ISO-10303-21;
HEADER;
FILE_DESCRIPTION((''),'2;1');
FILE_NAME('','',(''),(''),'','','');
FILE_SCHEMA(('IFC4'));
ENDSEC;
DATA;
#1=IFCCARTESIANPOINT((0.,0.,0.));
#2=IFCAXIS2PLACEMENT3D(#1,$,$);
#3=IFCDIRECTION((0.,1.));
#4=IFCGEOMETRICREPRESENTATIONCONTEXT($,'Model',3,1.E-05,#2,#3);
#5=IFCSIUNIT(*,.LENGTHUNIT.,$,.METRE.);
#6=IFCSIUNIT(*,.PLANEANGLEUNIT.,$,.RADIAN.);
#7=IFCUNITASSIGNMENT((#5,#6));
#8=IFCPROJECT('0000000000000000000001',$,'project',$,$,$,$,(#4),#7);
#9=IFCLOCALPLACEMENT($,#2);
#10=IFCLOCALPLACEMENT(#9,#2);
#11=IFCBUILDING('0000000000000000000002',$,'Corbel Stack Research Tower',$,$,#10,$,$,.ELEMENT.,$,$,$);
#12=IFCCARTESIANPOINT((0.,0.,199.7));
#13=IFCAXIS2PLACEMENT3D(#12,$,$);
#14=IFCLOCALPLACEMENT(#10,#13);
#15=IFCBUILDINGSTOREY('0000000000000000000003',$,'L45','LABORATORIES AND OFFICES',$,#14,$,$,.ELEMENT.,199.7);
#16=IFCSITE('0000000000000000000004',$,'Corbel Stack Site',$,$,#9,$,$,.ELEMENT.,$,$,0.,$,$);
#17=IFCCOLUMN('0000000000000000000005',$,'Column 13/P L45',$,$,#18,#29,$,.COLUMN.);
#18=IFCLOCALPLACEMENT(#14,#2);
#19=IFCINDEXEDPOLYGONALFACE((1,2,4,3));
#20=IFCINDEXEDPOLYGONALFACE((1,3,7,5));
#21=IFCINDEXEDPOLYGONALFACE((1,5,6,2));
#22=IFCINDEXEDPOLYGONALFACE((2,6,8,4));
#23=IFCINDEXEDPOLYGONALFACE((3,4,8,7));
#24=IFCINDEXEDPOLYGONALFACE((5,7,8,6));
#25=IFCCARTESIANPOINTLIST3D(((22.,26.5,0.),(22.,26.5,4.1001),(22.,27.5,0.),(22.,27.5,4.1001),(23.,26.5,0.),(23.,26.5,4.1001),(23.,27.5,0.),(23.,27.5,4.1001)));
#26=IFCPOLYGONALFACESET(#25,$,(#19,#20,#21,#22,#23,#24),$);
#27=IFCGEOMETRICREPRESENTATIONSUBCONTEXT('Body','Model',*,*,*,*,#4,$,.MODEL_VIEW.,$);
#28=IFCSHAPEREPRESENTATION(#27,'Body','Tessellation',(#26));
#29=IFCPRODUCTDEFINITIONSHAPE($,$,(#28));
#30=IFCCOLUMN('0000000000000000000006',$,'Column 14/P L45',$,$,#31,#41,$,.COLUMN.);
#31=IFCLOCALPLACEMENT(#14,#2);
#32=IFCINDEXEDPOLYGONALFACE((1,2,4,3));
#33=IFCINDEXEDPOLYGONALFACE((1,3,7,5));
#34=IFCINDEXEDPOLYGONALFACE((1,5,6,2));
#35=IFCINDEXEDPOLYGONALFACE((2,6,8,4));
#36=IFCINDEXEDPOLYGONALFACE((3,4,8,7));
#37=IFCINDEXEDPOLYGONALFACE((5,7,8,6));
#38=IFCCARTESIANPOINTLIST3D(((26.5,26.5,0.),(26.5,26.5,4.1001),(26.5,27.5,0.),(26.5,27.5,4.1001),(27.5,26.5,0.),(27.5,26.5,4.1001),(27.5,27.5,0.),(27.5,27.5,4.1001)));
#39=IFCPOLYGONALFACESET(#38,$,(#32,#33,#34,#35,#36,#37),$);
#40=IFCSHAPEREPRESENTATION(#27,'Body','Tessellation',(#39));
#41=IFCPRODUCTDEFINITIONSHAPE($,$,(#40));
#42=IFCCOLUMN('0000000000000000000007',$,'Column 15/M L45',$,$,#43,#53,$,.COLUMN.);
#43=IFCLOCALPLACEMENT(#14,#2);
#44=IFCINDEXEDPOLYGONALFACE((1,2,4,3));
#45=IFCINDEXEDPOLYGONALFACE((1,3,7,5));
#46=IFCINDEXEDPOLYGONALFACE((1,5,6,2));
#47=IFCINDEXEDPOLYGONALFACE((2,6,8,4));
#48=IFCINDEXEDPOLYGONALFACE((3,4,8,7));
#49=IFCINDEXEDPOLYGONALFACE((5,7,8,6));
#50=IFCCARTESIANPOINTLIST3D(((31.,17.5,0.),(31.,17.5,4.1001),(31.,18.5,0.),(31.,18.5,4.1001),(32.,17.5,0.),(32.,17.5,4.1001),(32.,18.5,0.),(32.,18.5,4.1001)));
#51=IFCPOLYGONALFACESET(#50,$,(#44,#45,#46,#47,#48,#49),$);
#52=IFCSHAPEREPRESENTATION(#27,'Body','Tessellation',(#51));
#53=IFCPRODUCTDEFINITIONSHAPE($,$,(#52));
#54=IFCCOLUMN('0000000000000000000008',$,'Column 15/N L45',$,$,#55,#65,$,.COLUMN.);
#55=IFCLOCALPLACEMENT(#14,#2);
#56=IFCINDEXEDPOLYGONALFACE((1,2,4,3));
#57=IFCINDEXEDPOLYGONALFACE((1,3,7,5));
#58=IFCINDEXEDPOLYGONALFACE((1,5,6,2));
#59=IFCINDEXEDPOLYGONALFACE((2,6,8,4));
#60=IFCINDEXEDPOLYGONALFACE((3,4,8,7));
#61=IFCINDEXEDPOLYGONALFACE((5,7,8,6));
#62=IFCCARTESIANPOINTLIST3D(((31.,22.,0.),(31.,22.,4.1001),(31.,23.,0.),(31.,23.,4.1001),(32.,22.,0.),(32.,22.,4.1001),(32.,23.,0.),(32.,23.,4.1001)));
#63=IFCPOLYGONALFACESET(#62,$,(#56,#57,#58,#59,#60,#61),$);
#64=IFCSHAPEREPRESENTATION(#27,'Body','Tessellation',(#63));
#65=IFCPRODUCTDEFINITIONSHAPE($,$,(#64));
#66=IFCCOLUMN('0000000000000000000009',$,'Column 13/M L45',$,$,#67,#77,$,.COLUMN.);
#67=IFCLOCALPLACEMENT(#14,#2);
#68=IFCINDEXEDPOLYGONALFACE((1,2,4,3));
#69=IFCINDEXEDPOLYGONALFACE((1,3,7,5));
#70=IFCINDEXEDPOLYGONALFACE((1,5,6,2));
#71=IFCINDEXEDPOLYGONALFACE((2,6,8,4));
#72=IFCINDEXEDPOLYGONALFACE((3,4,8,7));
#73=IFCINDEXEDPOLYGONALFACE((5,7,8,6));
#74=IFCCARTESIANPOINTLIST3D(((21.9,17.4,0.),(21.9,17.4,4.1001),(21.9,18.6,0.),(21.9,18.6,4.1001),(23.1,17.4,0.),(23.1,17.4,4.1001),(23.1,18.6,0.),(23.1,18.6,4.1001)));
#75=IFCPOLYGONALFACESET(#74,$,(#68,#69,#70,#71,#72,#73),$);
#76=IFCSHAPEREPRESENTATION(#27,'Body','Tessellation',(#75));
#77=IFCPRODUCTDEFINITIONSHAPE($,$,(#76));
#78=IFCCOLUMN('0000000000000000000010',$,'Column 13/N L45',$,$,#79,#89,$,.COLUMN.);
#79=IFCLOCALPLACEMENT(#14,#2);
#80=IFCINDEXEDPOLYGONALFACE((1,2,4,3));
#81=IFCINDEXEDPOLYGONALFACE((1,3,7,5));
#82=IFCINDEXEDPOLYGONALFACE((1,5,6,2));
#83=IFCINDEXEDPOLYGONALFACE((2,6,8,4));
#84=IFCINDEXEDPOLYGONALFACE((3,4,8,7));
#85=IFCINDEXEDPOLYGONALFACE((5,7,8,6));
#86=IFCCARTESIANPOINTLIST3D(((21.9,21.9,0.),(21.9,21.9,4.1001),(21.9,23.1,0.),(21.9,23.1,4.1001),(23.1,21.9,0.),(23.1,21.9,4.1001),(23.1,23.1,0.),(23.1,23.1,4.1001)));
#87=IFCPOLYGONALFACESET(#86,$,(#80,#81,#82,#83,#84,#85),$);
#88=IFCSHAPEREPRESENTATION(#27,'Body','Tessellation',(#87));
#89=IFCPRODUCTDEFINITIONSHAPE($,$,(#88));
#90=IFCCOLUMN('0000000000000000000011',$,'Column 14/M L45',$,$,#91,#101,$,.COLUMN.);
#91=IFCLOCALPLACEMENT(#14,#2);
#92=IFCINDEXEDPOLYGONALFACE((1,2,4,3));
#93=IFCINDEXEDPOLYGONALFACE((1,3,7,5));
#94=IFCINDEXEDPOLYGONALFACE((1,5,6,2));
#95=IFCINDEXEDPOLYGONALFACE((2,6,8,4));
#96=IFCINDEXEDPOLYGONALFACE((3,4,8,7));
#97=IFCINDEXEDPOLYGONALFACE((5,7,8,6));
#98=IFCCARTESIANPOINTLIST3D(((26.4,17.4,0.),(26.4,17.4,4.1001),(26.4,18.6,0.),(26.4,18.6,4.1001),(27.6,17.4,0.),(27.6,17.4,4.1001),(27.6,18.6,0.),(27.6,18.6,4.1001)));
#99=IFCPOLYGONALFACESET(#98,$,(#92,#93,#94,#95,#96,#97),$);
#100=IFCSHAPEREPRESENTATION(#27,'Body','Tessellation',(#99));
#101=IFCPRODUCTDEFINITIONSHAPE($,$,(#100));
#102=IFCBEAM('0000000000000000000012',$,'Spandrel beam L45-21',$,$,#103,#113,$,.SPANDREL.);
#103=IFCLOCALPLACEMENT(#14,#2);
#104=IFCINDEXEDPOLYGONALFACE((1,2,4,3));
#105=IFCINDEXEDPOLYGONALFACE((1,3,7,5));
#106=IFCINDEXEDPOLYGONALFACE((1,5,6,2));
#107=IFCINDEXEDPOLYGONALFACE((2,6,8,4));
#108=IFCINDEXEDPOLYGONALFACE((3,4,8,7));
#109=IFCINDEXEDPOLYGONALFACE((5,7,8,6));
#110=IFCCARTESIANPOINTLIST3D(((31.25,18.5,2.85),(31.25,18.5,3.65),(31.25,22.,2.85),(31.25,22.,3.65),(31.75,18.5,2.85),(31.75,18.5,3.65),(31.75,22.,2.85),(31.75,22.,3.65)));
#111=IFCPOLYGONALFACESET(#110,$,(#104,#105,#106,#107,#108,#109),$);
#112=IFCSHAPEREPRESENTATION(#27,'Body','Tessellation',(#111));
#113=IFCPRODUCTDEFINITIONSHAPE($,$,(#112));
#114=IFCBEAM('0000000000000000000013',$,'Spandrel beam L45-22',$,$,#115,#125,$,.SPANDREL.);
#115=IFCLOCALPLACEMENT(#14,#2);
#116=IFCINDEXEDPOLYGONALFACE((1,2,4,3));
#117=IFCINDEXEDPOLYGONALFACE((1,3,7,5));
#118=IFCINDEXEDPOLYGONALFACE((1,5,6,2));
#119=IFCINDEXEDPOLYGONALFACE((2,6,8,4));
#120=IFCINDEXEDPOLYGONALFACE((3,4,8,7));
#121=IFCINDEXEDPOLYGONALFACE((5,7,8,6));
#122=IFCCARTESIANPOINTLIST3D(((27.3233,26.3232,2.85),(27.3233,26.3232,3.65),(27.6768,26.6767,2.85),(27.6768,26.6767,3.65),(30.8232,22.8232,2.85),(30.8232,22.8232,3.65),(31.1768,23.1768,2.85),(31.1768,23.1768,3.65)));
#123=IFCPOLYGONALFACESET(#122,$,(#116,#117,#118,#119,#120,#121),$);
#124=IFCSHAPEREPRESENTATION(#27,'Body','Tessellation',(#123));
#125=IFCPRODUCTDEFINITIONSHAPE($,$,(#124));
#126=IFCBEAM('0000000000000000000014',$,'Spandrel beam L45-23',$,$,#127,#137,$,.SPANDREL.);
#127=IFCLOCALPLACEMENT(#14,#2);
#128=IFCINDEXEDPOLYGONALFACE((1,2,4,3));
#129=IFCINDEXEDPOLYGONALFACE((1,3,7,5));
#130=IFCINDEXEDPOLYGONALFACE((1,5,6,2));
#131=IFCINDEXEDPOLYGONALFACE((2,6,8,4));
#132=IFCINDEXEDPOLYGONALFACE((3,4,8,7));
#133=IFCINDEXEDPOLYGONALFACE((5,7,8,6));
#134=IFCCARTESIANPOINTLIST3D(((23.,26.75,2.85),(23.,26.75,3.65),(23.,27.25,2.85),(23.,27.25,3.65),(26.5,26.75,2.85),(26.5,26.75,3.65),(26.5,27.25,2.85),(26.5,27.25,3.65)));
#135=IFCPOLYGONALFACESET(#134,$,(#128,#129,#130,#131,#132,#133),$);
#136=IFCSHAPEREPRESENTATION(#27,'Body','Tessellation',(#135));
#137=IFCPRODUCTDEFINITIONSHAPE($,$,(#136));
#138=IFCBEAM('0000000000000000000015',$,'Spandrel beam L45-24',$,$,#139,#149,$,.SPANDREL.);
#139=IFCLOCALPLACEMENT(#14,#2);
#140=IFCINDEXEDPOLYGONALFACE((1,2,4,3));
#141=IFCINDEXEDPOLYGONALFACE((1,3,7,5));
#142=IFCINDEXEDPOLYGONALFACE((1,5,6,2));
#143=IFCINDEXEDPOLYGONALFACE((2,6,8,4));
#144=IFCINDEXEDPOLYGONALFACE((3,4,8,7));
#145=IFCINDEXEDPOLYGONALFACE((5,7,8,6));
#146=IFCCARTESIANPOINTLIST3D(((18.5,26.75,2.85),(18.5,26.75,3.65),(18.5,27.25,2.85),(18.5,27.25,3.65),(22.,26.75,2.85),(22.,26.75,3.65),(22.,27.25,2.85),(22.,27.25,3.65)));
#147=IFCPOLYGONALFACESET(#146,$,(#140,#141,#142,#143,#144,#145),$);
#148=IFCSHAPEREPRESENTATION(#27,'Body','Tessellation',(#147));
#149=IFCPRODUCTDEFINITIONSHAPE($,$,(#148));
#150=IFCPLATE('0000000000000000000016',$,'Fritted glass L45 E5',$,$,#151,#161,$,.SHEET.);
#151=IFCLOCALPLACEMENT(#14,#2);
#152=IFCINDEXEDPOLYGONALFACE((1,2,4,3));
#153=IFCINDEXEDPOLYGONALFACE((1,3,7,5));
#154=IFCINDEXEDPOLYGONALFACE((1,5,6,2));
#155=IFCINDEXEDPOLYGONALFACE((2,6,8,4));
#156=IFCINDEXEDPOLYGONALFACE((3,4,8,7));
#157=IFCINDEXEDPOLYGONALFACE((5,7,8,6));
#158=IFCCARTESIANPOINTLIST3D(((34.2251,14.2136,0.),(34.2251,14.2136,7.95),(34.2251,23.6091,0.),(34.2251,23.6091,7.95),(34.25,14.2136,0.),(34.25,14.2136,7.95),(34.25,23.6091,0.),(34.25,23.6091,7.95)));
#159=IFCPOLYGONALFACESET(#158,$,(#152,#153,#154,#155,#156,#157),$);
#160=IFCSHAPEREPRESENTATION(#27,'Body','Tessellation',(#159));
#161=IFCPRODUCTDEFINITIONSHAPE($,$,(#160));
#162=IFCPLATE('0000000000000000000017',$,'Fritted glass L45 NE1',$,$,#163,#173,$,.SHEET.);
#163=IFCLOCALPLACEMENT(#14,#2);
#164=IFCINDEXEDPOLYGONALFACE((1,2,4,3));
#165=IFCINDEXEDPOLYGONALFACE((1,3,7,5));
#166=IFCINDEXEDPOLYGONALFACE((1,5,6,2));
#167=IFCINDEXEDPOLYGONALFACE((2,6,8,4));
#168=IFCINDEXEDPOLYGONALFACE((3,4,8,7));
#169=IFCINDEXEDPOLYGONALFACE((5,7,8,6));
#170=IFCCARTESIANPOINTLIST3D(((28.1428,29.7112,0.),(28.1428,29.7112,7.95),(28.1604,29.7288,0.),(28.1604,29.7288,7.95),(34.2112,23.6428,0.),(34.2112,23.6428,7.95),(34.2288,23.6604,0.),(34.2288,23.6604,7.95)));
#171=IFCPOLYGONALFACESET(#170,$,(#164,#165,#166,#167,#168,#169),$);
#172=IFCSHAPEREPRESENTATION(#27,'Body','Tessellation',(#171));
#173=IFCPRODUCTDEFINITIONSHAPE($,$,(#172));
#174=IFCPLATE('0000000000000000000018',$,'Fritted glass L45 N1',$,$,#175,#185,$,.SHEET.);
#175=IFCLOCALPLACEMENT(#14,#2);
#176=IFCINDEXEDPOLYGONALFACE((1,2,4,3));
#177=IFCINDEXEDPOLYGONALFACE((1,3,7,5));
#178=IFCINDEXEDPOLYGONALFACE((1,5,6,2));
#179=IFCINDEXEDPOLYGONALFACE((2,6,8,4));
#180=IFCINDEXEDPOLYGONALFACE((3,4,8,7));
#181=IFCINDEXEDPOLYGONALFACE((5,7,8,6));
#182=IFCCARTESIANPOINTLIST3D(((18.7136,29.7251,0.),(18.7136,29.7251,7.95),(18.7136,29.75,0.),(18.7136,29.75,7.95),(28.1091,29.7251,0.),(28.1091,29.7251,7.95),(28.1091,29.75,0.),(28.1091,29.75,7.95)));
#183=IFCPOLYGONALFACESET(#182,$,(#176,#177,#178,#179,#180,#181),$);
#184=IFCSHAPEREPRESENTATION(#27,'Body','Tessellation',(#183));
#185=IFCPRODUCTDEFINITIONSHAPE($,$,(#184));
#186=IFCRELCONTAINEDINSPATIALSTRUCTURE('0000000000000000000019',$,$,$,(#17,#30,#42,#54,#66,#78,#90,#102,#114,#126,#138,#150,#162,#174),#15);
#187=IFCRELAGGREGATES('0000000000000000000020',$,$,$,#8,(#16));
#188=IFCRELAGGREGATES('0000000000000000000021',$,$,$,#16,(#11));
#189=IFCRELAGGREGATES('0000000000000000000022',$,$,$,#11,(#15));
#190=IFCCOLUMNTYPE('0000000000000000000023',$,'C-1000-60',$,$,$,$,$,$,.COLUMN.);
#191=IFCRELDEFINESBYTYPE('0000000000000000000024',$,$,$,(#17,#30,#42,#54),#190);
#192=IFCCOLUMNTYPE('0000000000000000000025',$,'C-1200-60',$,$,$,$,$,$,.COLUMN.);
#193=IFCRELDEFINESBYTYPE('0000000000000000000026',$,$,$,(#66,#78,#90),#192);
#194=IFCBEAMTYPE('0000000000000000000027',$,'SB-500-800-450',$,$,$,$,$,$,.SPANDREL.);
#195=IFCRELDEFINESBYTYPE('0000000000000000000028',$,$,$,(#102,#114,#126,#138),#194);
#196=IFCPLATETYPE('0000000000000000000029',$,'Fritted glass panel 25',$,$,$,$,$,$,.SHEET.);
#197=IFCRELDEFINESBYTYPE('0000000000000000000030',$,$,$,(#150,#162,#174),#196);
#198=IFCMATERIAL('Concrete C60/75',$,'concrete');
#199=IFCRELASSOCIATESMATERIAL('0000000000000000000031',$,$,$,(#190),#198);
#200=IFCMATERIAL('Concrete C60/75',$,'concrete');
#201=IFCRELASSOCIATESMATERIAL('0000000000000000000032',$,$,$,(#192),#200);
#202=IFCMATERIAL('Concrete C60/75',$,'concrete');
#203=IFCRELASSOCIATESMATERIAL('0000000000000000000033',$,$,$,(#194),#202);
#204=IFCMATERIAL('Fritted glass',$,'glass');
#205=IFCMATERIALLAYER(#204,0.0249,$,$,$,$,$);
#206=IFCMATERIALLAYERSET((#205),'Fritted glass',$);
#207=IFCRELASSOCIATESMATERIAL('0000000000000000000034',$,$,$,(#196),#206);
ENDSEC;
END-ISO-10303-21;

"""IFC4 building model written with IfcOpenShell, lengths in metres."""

from ifc_helpers import new_model, si_unit, direction, frame, origin, origin_2d, place, context, subcontext, project, spatial, rectangle, extrude, material, layer, layer_set, material_profile, profile_set, type_object, element, save


model = new_model("IFC4")

# Units and contexts
model_context = context("Model", 3, precision=1e-05, world=origin(), true_north=direction((0.0, 1.0)))
body_context = subcontext(model_context, "Body", "Model", "MODEL_VIEW")
ifc_project = project(units=[si_unit("LENGTHUNIT", "METRE"), si_unit("PLANEANGLEUNIT", "RADIAN")], contexts=[model_context])

# Site, building, storey
site_placement = place(None, origin())
site = spatial("IfcSite", under=ifc_project, at=site_placement, Name="Corbel Stack Site", CompositionType="ELEMENT", RefElevation=0.0)
building_placement = place(site_placement, origin())
building = spatial("IfcBuilding", under=site, at=building_placement, Name="Corbel Stack Research Tower", CompositionType="ELEMENT")
storey_placement = place(building_placement, frame((0.0, 0.0, 199.7)))
storey = spatial("IfcBuildingStorey", under=building, at=storey_placement, Name="L45", Description="LABORATORIES AND OFFICES", CompositionType="ELEMENT", Elevation=199.7)

# Columns
ifc_material_1 = material(Name="Concrete C60/75", Category="concrete")
ifc_material_profile_1 = material_profile(ifc_material_1, rectangle(XDim=1.0, YDim=1.0, at=origin_2d()), Name="RC 1000 x 1000")
ifc_profile_set_1 = profile_set([ifc_material_profile_1], Name="Concrete C60/75")
column_type_1 = type_object("IfcColumnType", Name="C-1000-60", PredefinedType="COLUMN", material=ifc_profile_set_1)
for number, where, z_axis, x_axis, name in (
    (1, (22.5, 27.0, 0.0), (0.0, 0.0, 1.0), (1.0, 0.0, 0.0), "Column 13/P L45"),
    (2, (27.0, 27.0, 0.0), (0.0, 0.0, 1.0), (1.0, 0.0, 0.0), "Column 14/P L45"),
    (3, (31.5, 18.0, 0.0), (0.0, 0.0, 1.0), (1.0, 0.0, 0.0), "Column 15/M L45"),
    (4, (31.5, 22.5, 0.0), (0.0, 0.0, 1.0), (1.0, 0.0, 0.0), "Column 15/N L45"),
):
    element("IfcColumn", number, at=place(storey_placement, frame(where, z_axis=z_axis, x_axis=x_axis)), inside=storey, type_object=column_type_1, Name=name, PredefinedType="COLUMN", context=body_context, shape_type="SweptSolid", body=[
        extrude(rectangle(XDim=1.0, YDim=1.0, at=origin_2d()), origin(), (0.0, 0.0, 1.0), 4.1001),
    ])
ifc_material_2 = material(Name="Concrete C60/75", Category="concrete")
ifc_material_profile_2 = material_profile(ifc_material_2, rectangle(XDim=1.2, YDim=1.2, at=origin_2d()), Name="RC 1200 x 1200")
ifc_profile_set_2 = profile_set([ifc_material_profile_2], Name="Concrete C60/75")
column_type_2 = type_object("IfcColumnType", Name="C-1200-60", PredefinedType="COLUMN", material=ifc_profile_set_2)
for number, where, z_axis, x_axis, name in (
    (5, (22.5, 18.0, 0.0), (0.0, 0.0, 1.0), (1.0, 0.0, 0.0), "Column 13/M L45"),
    (6, (22.5, 22.5, 0.0), (0.0, 0.0, 1.0), (1.0, 0.0, 0.0), "Column 13/N L45"),
    (7, (27.0, 18.0, 0.0), (0.0, 0.0, 1.0), (1.0, 0.0, 0.0), "Column 14/M L45"),
):
    element("IfcColumn", number, at=place(storey_placement, frame(where, z_axis=z_axis, x_axis=x_axis)), inside=storey, type_object=column_type_2, Name=name, PredefinedType="COLUMN", context=body_context, shape_type="SweptSolid", body=[
        extrude(rectangle(XDim=1.2, YDim=1.2, at=origin_2d()), origin(), (0.0, 0.0, 1.0), 4.1001),
    ])

# Beams
ifc_material_3 = material(Name="Concrete C60/75", Category="concrete")
ifc_material_profile_3 = material_profile(ifc_material_3, rectangle(XDim=0.5, YDim=0.8, at=origin_2d()), Name="RC 500 x 800")
ifc_profile_set_3 = profile_set([ifc_material_profile_3], Name="Concrete C60/75")
beam_type = type_object("IfcBeamType", Name="SB-500-800-450", PredefinedType="SPANDREL", material=ifc_profile_set_3)
beam_1_placement = place(storey_placement, frame((31.5, 18.5, 3.25), z_axis=(0.0, 1.0, 0.0), x_axis=(-1.0, 0.0, 0.0)))
element("IfcBeam", 8, at=beam_1_placement, inside=storey, type_object=beam_type, Name="Spandrel beam L45-21", PredefinedType="SPANDREL", context=body_context, shape_type="SweptSolid", body=[
    extrude(rectangle(XDim=0.5, YDim=0.8, at=origin_2d()), origin(), (0.0, 0.0, 1.0), 3.5),
])
beam_2_placement = place(storey_placement, frame((31.0, 23.0, 3.25), z_axis=(-0.707107, 0.707107, 0.0), x_axis=(-0.707107, -0.707107, 0.0)))
element("IfcBeam", 9, at=beam_2_placement, inside=storey, type_object=beam_type, Name="Spandrel beam L45-22", PredefinedType="SPANDREL", context=body_context, shape_type="SweptSolid", body=[
    extrude(rectangle(XDim=0.5, YDim=0.8, at=origin_2d()), origin(), (0.0, 0.0, 1.0), 4.9497),
])
for number, where, z_axis, x_axis, name in (
    (10, (26.5, 27.0, 3.25), (-1.0, 0.0, 0.0), (0.0, -1.0, 0.0), "Spandrel beam L45-23"),
    (11, (22.0, 27.0, 3.25), (-1.0, 0.0, 0.0), (0.0, -1.0, 0.0), "Spandrel beam L45-24"),
):
    element("IfcBeam", number, at=place(storey_placement, frame(where, z_axis=z_axis, x_axis=x_axis)), inside=storey, type_object=beam_type, Name=name, PredefinedType="SPANDREL", context=body_context, shape_type="SweptSolid", body=[
        extrude(rectangle(XDim=0.5, YDim=0.8, at=origin_2d()), origin(), (0.0, 0.0, 1.0), 3.5),
    ])

# Plates
ifc_material_4 = material(Name="Fritted glass", Category="glass")
ifc_layer_1 = layer(ifc_material_4, 0.0249)
ifc_layer_set_1 = layer_set([ifc_layer_1], Name="Fritted glass")
plate_type = type_object("IfcPlateType", Name="Fritted glass panel 25", PredefinedType="SHEET", material=ifc_layer_set_1)
plate_1_placement = place(storey_placement, frame((34.2375, 18.9114, 0.0), z_axis=(0.0, 0.0, 1.0), x_axis=(0.0, 1.0, 0.0)))
element("IfcPlate", 12, at=plate_1_placement, inside=storey, type_object=plate_type, Name="Fritted glass L45 E5", PredefinedType="SHEET", context=body_context, shape_type="SweptSolid", body=[
    extrude(rectangle(XDim=9.3955, YDim=0.0249, at=origin_2d()), origin(), (0.0, 0.0, 1.0), 7.95),
])
plate_2_placement = place(storey_placement, frame((31.1858, 26.6858, 0.0), z_axis=(0.0, 0.0, 1.0), x_axis=(-0.707107, 0.707107, 0.0)))
element("IfcPlate", 13, at=plate_2_placement, inside=storey, type_object=plate_type, Name="Fritted glass L45 NE1", PredefinedType="SHEET", context=body_context, shape_type="SweptSolid", body=[
    extrude(rectangle(XDim=8.582, YDim=0.0249, at=origin_2d()), origin(), (0.0, 0.0, 1.0), 7.95),
])
plate_3_placement = place(storey_placement, frame((23.4114, 29.7375, 0.0), z_axis=(0.0, 0.0, 1.0), x_axis=(-1.0, 0.0, 0.0)))
element("IfcPlate", 14, at=plate_3_placement, inside=storey, type_object=plate_type, Name="Fritted glass L45 N1", PredefinedType="SHEET", context=body_context, shape_type="SweptSolid", body=[
    extrude(rectangle(XDim=9.3955, YDim=0.0249, at=origin_2d()), origin(), (0.0, 0.0, 1.0), 7.95),
])

save(model, "model.ifc")
